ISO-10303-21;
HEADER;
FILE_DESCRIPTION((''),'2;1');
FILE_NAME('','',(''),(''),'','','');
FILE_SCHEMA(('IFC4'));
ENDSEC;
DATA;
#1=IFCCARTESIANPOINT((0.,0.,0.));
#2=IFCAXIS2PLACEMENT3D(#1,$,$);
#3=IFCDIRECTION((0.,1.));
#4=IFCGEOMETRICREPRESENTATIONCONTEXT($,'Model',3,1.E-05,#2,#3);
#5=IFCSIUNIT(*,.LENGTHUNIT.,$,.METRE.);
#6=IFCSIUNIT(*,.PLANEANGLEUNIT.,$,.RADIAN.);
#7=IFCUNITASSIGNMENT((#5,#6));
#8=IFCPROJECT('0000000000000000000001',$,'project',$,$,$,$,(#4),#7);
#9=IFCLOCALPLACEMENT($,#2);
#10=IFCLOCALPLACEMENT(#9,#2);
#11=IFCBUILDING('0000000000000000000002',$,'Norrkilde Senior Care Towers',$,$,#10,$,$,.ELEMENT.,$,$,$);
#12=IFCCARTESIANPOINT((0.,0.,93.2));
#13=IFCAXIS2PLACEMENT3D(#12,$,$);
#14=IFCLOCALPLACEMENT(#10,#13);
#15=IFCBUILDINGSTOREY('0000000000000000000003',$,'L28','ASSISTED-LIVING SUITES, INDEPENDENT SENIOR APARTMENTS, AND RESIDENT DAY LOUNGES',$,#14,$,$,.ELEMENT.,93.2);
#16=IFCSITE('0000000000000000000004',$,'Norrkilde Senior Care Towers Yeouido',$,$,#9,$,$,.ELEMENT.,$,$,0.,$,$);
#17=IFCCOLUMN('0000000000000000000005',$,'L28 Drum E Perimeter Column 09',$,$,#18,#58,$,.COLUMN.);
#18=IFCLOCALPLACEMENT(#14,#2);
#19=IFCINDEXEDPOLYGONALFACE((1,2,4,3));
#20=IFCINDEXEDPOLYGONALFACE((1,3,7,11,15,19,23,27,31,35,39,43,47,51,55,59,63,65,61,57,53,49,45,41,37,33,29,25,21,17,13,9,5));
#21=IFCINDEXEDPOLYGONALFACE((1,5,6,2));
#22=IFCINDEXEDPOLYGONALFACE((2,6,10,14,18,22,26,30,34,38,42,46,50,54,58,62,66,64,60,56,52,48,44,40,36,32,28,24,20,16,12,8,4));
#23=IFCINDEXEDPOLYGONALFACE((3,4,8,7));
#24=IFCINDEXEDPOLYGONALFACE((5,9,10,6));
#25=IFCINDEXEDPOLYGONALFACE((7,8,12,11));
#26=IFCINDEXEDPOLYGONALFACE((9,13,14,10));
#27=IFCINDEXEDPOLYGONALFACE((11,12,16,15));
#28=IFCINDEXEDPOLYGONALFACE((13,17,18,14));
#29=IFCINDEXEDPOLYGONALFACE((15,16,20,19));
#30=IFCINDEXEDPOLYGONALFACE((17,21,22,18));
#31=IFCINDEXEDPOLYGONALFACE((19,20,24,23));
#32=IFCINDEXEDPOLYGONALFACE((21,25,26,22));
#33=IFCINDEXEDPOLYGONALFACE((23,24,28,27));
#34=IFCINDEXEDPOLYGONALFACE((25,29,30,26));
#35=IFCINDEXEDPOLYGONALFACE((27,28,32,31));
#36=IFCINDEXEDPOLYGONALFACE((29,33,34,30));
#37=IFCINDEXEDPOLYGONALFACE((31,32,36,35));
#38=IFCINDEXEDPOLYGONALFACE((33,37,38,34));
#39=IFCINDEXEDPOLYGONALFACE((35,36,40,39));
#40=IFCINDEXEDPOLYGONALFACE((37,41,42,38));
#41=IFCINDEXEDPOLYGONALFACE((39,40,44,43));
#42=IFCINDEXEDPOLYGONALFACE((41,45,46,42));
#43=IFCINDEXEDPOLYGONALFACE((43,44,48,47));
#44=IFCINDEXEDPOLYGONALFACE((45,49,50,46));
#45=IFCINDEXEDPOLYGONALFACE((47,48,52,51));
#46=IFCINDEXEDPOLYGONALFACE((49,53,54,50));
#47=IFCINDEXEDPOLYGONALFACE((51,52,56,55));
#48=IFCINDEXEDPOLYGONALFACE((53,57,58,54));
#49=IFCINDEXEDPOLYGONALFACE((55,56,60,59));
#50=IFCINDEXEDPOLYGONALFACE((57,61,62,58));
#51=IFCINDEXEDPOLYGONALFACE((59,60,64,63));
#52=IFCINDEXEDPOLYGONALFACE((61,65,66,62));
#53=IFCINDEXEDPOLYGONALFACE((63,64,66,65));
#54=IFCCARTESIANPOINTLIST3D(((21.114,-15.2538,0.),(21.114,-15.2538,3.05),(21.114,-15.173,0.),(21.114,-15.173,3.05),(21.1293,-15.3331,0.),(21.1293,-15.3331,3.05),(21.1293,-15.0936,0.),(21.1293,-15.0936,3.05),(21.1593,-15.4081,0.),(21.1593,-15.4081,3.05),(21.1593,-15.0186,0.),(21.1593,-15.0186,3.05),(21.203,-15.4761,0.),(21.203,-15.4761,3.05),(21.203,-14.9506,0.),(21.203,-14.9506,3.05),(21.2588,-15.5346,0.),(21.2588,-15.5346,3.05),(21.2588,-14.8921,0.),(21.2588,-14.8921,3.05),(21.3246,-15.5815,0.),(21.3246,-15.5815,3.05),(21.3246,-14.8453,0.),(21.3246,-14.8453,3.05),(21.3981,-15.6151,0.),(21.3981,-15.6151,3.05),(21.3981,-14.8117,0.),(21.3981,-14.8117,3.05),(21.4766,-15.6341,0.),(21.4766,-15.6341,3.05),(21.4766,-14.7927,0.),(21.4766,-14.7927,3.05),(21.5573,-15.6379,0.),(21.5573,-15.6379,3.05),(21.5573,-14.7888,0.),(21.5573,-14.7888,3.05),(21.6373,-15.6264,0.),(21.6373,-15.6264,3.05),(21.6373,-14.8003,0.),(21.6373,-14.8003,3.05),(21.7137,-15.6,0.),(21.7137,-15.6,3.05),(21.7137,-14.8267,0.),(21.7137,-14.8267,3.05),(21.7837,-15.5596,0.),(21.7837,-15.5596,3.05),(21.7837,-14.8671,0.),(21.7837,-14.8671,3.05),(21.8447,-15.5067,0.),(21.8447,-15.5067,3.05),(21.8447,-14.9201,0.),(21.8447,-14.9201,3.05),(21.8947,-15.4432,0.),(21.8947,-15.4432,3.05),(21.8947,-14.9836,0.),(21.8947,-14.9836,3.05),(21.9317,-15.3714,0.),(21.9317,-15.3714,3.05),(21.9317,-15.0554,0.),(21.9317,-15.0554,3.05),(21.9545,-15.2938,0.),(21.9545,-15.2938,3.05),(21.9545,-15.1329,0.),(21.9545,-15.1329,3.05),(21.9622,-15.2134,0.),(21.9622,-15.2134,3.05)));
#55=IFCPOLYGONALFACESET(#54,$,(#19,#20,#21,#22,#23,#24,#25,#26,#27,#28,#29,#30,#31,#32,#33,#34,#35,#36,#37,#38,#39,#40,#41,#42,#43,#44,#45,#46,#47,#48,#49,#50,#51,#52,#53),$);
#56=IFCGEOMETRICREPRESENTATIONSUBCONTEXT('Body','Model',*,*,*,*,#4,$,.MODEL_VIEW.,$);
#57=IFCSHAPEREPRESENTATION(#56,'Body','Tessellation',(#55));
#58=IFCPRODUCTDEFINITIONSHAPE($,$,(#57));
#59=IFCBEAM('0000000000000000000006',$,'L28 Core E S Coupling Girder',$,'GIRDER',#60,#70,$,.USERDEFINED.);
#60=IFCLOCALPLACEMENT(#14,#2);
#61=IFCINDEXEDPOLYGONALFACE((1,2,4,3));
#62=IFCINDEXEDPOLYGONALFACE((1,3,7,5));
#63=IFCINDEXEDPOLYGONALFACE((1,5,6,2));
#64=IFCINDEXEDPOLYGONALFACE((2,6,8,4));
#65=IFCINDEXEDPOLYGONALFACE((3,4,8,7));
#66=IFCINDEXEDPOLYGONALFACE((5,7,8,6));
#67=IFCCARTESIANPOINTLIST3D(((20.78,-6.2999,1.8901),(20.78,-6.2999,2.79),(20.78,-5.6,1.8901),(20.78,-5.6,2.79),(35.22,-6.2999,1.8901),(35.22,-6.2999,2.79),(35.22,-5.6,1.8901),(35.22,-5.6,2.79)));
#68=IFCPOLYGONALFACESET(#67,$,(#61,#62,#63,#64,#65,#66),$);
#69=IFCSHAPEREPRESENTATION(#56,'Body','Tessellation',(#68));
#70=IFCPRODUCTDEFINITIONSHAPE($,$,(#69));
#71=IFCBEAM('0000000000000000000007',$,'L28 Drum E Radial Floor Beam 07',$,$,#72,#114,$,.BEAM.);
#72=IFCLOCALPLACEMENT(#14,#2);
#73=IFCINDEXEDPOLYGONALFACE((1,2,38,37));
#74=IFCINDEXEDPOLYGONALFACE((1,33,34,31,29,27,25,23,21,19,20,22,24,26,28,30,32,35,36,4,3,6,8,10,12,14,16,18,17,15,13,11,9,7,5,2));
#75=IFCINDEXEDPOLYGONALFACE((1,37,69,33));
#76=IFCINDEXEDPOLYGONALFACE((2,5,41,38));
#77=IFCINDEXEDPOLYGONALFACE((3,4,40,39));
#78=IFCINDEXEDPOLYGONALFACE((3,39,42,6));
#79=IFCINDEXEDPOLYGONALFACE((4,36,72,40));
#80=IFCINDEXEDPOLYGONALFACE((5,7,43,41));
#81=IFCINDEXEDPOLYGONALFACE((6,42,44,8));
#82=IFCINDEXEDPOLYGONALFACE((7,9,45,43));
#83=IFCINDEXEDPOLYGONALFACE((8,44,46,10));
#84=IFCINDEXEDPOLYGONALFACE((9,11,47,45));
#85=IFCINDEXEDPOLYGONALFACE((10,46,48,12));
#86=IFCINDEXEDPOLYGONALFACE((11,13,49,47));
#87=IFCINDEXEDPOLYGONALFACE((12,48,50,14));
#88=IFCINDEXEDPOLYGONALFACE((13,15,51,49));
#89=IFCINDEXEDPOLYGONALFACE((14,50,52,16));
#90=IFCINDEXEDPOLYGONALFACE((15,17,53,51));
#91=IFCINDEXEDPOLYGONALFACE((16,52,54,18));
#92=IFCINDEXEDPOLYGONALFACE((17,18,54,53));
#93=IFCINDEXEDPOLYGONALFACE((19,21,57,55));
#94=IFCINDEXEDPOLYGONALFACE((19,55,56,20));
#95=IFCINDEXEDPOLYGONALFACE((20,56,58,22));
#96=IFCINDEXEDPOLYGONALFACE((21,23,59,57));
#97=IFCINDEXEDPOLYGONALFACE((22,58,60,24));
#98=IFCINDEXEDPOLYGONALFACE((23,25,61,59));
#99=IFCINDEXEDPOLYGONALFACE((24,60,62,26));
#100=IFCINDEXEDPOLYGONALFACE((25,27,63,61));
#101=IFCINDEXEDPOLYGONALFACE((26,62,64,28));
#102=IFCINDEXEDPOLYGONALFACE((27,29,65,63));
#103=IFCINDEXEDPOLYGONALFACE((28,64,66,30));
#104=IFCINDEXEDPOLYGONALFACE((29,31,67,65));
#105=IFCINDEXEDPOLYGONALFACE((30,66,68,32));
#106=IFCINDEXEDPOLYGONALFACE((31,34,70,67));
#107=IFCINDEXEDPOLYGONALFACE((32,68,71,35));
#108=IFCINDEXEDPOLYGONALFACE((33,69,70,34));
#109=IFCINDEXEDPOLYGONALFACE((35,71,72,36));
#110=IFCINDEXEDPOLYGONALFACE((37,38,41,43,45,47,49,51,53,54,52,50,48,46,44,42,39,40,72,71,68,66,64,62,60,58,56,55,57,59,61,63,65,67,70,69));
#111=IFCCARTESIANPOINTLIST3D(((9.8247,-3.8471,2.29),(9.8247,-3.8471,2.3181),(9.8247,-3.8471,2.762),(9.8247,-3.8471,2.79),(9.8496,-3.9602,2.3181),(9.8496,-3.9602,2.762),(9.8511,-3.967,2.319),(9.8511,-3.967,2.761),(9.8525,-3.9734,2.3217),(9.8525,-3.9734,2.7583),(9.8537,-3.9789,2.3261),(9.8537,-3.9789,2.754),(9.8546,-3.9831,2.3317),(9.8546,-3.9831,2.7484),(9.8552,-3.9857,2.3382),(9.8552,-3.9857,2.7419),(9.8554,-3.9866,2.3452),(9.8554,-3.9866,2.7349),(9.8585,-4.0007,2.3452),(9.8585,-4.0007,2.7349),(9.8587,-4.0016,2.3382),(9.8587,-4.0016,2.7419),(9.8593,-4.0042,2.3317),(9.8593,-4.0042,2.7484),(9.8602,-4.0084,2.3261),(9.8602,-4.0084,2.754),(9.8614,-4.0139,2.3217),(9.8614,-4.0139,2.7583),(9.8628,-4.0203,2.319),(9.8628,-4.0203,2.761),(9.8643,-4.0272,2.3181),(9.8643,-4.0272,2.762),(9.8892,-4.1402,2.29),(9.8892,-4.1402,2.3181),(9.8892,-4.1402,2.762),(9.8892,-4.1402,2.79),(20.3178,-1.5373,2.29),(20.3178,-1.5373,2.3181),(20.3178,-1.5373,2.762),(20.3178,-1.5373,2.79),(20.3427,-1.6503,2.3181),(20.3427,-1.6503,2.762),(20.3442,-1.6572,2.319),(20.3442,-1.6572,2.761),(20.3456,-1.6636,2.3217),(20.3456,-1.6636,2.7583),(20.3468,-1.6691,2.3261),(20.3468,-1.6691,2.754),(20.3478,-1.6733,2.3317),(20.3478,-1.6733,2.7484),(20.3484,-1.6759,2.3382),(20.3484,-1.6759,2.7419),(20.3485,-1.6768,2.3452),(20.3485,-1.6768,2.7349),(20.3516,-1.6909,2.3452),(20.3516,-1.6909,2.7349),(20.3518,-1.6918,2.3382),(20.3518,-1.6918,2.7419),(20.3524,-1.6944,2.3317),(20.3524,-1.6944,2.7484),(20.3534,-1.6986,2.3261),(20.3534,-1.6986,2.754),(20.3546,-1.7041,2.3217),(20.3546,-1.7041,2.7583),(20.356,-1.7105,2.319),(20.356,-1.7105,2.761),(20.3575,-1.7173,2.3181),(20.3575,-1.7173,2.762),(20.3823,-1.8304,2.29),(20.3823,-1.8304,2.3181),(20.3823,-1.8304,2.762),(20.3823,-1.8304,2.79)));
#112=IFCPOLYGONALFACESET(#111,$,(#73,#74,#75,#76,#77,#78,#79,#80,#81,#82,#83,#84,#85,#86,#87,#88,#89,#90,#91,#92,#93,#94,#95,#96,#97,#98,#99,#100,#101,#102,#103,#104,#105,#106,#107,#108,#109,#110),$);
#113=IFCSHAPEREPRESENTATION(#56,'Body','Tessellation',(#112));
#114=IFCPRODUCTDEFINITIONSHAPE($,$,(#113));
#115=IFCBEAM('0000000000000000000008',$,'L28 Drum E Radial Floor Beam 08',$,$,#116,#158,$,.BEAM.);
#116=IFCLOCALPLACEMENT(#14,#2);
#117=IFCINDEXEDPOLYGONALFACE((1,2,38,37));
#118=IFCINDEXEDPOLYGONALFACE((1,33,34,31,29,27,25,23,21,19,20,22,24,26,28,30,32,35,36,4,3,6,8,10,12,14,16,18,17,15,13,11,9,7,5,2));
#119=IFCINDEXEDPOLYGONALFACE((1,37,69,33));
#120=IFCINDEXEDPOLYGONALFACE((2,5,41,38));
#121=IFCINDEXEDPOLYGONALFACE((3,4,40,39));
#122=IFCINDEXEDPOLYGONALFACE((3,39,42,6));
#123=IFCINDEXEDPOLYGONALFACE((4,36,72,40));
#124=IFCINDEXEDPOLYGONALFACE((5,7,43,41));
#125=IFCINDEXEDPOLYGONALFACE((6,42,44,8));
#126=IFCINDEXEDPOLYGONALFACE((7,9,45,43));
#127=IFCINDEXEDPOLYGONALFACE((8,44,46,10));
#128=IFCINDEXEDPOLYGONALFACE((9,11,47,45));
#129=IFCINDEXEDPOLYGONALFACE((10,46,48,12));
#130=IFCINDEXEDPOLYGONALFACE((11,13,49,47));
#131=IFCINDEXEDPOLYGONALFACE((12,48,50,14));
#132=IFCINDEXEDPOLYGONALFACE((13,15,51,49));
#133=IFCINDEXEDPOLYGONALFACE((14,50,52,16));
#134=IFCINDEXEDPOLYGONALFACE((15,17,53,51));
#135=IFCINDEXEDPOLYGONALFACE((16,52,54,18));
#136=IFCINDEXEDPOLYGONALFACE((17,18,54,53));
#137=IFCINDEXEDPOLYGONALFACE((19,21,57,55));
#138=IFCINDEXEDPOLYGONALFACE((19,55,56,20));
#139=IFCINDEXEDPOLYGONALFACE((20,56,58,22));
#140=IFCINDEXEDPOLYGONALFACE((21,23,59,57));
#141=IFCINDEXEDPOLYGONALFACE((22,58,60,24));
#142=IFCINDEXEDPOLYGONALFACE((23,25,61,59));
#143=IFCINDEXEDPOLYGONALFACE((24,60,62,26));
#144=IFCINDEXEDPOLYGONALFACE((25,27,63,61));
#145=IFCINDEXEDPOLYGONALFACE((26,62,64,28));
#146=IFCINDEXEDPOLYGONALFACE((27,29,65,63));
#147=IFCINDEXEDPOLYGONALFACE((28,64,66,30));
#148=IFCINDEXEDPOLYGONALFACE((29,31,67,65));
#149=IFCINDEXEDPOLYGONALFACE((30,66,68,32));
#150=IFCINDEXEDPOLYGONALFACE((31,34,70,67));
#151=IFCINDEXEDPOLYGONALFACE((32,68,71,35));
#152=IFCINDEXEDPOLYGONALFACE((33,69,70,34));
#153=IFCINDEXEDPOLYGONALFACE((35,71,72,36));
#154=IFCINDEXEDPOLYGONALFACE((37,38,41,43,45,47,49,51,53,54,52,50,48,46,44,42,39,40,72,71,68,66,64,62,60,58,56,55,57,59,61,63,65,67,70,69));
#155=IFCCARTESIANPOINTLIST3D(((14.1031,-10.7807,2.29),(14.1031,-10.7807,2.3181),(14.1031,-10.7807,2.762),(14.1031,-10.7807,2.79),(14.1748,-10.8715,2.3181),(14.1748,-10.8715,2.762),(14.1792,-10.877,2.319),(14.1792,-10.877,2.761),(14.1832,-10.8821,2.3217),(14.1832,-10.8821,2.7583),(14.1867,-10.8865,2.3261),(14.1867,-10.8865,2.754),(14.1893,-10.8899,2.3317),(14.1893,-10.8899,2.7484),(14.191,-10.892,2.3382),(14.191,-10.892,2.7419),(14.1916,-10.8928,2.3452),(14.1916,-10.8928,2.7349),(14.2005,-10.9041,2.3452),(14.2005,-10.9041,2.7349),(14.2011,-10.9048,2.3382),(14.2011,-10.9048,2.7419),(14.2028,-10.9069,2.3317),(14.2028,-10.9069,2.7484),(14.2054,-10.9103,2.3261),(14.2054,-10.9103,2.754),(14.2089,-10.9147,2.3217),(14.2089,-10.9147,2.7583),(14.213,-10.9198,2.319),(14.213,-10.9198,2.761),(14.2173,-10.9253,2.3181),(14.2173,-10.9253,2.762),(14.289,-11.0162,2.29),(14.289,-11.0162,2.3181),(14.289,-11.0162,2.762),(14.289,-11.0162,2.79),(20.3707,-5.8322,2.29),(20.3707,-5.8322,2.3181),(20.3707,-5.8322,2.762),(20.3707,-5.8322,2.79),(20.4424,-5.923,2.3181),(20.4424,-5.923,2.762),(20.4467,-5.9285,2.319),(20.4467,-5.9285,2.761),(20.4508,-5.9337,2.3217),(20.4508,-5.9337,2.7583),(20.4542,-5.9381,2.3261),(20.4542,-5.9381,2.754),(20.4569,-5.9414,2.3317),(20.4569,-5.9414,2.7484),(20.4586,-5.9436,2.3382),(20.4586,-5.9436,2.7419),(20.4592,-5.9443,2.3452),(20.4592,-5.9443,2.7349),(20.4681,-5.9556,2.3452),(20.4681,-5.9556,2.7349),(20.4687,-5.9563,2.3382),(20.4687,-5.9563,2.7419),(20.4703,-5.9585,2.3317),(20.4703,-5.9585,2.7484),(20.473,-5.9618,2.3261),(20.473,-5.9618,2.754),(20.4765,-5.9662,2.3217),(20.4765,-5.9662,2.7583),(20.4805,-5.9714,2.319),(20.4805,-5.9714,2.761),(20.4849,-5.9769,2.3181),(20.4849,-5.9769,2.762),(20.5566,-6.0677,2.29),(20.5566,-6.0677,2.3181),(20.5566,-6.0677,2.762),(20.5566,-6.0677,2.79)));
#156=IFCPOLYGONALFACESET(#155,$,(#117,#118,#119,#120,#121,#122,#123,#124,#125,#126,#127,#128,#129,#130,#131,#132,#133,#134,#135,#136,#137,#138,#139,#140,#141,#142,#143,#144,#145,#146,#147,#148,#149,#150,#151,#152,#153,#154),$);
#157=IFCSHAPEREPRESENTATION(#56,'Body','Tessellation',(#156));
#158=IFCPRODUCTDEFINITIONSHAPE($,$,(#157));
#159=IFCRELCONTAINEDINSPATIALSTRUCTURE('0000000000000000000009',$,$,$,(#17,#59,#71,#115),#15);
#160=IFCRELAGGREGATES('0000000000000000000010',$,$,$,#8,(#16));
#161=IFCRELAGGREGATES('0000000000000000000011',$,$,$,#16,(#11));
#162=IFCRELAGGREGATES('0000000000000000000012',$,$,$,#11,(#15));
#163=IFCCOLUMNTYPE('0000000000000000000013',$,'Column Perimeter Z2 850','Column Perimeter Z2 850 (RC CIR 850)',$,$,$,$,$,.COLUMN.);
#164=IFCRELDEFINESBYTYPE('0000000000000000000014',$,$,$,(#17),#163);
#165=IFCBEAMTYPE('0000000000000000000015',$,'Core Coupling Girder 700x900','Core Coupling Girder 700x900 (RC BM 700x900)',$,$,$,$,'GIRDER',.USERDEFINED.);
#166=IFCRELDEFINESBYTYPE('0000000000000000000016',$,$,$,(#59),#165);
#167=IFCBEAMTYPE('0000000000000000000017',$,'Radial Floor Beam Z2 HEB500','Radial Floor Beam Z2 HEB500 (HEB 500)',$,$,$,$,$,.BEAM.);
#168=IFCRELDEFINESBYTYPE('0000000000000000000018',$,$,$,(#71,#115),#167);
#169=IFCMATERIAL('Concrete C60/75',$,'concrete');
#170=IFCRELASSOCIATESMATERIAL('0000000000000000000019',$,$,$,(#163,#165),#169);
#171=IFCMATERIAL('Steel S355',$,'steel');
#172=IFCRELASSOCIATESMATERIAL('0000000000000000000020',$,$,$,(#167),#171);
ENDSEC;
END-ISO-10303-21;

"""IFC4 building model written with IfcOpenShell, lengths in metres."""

from ifc_helpers import new_model, si_unit, direction, frame, origin, origin_2d, place, context, subcontext, project, spatial, rectangle, circle, i_section, extrude, source, transform, mapped, material, material_profile, profile_set, type_object, type_shapes, element, save


model = new_model("IFC4")

# Units and contexts
model_context = context("Model", 3, precision=1e-05, world=origin(), true_north=direction((0.0, 1.0)))
body_context = subcontext(model_context, "Body", "Model", "MODEL_VIEW")
ifc_project = project(units=[si_unit("LENGTHUNIT", "METRE"), si_unit("PLANEANGLEUNIT", "RADIAN")], contexts=[model_context])

# Site, building, storey
site_placement = place(None, origin())
site = spatial("IfcSite", under=ifc_project, at=site_placement, Name="Norrkilde Senior Care Towers Yeouido", CompositionType="ELEMENT", RefElevation=0.0)
building_placement = place(site_placement, origin())
building = spatial("IfcBuilding", under=site, at=building_placement, Name="Norrkilde Senior Care Towers", CompositionType="ELEMENT")
storey_placement = place(building_placement, frame((0.0, 0.0, 93.2)))
storey = spatial("IfcBuildingStorey", under=building, at=storey_placement, Name="L28", Description="ASSISTED-LIVING SUITES, INDEPENDENT SENIOR APARTMENTS, AND RESIDENT DAY LOUNGES", CompositionType="ELEMENT", Elevation=93.2)

# Column
ifc_material_1 = material(Name="Concrete C60/75", Category="concrete")
ifc_material_profile_1 = material_profile(ifc_material_1, circle(Radius=0.425, at=origin_2d()), Name="RC CIR 850")
ifc_profile_set_1 = profile_set([ifc_material_profile_1], Name="Concrete C60/75")
column_type = type_object("IfcColumnType", Name="Column Perimeter Z2 850", Description="Column Perimeter Z2 850 (RC CIR 850)", PredefinedType="COLUMN", material=ifc_profile_set_1)
shared_shape_1 = source(origin(), body_context, "Body", "SweptSolid", [
    extrude(circle(Radius=0.425, at=origin_2d()), origin(), (0.0, 0.0, 1.0), 3.05),
])
type_shapes(column_type, [shared_shape_1])
column_placement = place(storey_placement, frame((21.5371, -15.2134, 0.0), z_axis=(0.0, 0.0, 1.0), x_axis=(1.0, 0.0, 0.0)))
element("IfcColumn", 1, at=column_placement, inside=storey, type_object=column_type, Name="L28 Drum E Perimeter Column 09", PredefinedType="COLUMN", context=body_context, shape_type="MappedRepresentation", body=[
    mapped(shared_shape_1, transform((0.0, 0.0, 0.0), x_axis=(1.0, 0.0, 0.0), y_axis=(0.0, 1.0, 0.0), z_axis=(0.0, 0.0, 1.0), scale=1.0)),
])

# Beams
ifc_material_profile_2 = material_profile(ifc_material_1, rectangle(XDim=0.7, YDim=0.8999, at=origin_2d()), Name="RC BM 700x900")
ifc_profile_set_2 = profile_set([ifc_material_profile_2], Name="Concrete C60/75")
beam_type_1 = type_object("IfcBeamType", Name="Core Coupling Girder 700x900", Description="Core Coupling Girder 700x900 (RC BM 700x900)", ElementType="GIRDER", PredefinedType="USERDEFINED", material=ifc_profile_set_2)
shared_shape_2 = source(origin(), body_context, "Body", "SweptSolid", [
    extrude(rectangle(XDim=0.7, YDim=0.8999, at=origin_2d()), origin(), (0.0, 0.0, 1.0), 14.4399),
])
type_shapes(beam_type_1, [shared_shape_2])
beam_1_placement = place(storey_placement, frame((20.78, -5.95, 2.3401), z_axis=(1.0, 0.0, 0.0), x_axis=(0.0, 1.0, 0.0)))
element("IfcBeam", 2, at=beam_1_placement, inside=storey, type_object=beam_type_1, Name="L28 Core E S Coupling Girder", ObjectType="GIRDER", PredefinedType="USERDEFINED", context=body_context, shape_type="MappedRepresentation", body=[
    mapped(shared_shape_2, transform((0.0, 0.0, 0.0), x_axis=(1.0, 0.0, 0.0), y_axis=(0.0, 1.0, 0.0), z_axis=(0.0, 0.0, 1.0), scale=1.0)),
])
ifc_material_2 = material(Name="Steel S355", Category="steel")
ifc_material_profile_3 = material_profile(ifc_material_2, i_section(OverallWidth=0.3, OverallDepth=0.5, WebThickness=0.0144, FlangeThickness=0.0281, FilletRadius=0.0271, at=origin_2d()), Name="HEB 500")
ifc_profile_set_3 = profile_set([ifc_material_profile_3], Name="Steel S355")
beam_type_2 = type_object("IfcBeamType", Name="Radial Floor Beam Z2 HEB500", Description="Radial Floor Beam Z2 HEB500 (HEB 500)", PredefinedType="BEAM", material=ifc_profile_set_3)
shared_shape_3 = source(origin(), body_context, "Body", "SweptSolid", [
    extrude(i_section(OverallWidth=0.3, OverallDepth=0.5, WebThickness=0.0144, FlangeThickness=0.0281, FilletRadius=0.0271, at=origin_2d()), origin(), (0.0, 0.0, 1.0), 10.7444),
])
beam_2_placement = place(storey_placement, frame((20.3501, -1.6838, 2.54), z_axis=(-0.976619, -0.214979, 0.0), x_axis=(0.214979, -0.976619, 0.0)))
element("IfcBeam", 3, at=beam_2_placement, inside=storey, type_object=beam_type_2, Name="L28 Drum E Radial Floor Beam 07", PredefinedType="BEAM", context=body_context, shape_type="MappedRepresentation", body=[
    mapped(shared_shape_3, transform((0.0, 0.0, 0.0), x_axis=(1.0, 0.0, 0.0), y_axis=(0.0, 1.0, 0.0), z_axis=(0.0, 0.0, 1.0), scale=1.0)),
])
shared_shape_4 = source(origin(), body_context, "Body", "SweptSolid", [
    extrude(i_section(OverallWidth=0.3, OverallDepth=0.5, WebThickness=0.0144, FlangeThickness=0.0281, FilletRadius=0.0271, at=origin_2d()), origin(), (0.0, 0.0, 1.0), 7.9856),
])
type_shapes(beam_type_2, [shared_shape_3, shared_shape_4])
beam_3_placement = place(storey_placement, frame((20.4636, -5.95, 2.54), z_axis=(-0.784859, -0.619675, 0.0), x_axis=(0.619675, -0.784859, 0.0)))
element("IfcBeam", 4, at=beam_3_placement, inside=storey, type_object=beam_type_2, Name="L28 Drum E Radial Floor Beam 08", PredefinedType="BEAM", context=body_context, shape_type="MappedRepresentation", body=[
    mapped(shared_shape_4, transform((0.0, 0.0, 0.0), x_axis=(1.0, 0.0, 0.0), y_axis=(0.0, 1.0, 0.0), z_axis=(0.0, 0.0, 1.0), scale=1.0)),
])

save(model, "model.ifc")
